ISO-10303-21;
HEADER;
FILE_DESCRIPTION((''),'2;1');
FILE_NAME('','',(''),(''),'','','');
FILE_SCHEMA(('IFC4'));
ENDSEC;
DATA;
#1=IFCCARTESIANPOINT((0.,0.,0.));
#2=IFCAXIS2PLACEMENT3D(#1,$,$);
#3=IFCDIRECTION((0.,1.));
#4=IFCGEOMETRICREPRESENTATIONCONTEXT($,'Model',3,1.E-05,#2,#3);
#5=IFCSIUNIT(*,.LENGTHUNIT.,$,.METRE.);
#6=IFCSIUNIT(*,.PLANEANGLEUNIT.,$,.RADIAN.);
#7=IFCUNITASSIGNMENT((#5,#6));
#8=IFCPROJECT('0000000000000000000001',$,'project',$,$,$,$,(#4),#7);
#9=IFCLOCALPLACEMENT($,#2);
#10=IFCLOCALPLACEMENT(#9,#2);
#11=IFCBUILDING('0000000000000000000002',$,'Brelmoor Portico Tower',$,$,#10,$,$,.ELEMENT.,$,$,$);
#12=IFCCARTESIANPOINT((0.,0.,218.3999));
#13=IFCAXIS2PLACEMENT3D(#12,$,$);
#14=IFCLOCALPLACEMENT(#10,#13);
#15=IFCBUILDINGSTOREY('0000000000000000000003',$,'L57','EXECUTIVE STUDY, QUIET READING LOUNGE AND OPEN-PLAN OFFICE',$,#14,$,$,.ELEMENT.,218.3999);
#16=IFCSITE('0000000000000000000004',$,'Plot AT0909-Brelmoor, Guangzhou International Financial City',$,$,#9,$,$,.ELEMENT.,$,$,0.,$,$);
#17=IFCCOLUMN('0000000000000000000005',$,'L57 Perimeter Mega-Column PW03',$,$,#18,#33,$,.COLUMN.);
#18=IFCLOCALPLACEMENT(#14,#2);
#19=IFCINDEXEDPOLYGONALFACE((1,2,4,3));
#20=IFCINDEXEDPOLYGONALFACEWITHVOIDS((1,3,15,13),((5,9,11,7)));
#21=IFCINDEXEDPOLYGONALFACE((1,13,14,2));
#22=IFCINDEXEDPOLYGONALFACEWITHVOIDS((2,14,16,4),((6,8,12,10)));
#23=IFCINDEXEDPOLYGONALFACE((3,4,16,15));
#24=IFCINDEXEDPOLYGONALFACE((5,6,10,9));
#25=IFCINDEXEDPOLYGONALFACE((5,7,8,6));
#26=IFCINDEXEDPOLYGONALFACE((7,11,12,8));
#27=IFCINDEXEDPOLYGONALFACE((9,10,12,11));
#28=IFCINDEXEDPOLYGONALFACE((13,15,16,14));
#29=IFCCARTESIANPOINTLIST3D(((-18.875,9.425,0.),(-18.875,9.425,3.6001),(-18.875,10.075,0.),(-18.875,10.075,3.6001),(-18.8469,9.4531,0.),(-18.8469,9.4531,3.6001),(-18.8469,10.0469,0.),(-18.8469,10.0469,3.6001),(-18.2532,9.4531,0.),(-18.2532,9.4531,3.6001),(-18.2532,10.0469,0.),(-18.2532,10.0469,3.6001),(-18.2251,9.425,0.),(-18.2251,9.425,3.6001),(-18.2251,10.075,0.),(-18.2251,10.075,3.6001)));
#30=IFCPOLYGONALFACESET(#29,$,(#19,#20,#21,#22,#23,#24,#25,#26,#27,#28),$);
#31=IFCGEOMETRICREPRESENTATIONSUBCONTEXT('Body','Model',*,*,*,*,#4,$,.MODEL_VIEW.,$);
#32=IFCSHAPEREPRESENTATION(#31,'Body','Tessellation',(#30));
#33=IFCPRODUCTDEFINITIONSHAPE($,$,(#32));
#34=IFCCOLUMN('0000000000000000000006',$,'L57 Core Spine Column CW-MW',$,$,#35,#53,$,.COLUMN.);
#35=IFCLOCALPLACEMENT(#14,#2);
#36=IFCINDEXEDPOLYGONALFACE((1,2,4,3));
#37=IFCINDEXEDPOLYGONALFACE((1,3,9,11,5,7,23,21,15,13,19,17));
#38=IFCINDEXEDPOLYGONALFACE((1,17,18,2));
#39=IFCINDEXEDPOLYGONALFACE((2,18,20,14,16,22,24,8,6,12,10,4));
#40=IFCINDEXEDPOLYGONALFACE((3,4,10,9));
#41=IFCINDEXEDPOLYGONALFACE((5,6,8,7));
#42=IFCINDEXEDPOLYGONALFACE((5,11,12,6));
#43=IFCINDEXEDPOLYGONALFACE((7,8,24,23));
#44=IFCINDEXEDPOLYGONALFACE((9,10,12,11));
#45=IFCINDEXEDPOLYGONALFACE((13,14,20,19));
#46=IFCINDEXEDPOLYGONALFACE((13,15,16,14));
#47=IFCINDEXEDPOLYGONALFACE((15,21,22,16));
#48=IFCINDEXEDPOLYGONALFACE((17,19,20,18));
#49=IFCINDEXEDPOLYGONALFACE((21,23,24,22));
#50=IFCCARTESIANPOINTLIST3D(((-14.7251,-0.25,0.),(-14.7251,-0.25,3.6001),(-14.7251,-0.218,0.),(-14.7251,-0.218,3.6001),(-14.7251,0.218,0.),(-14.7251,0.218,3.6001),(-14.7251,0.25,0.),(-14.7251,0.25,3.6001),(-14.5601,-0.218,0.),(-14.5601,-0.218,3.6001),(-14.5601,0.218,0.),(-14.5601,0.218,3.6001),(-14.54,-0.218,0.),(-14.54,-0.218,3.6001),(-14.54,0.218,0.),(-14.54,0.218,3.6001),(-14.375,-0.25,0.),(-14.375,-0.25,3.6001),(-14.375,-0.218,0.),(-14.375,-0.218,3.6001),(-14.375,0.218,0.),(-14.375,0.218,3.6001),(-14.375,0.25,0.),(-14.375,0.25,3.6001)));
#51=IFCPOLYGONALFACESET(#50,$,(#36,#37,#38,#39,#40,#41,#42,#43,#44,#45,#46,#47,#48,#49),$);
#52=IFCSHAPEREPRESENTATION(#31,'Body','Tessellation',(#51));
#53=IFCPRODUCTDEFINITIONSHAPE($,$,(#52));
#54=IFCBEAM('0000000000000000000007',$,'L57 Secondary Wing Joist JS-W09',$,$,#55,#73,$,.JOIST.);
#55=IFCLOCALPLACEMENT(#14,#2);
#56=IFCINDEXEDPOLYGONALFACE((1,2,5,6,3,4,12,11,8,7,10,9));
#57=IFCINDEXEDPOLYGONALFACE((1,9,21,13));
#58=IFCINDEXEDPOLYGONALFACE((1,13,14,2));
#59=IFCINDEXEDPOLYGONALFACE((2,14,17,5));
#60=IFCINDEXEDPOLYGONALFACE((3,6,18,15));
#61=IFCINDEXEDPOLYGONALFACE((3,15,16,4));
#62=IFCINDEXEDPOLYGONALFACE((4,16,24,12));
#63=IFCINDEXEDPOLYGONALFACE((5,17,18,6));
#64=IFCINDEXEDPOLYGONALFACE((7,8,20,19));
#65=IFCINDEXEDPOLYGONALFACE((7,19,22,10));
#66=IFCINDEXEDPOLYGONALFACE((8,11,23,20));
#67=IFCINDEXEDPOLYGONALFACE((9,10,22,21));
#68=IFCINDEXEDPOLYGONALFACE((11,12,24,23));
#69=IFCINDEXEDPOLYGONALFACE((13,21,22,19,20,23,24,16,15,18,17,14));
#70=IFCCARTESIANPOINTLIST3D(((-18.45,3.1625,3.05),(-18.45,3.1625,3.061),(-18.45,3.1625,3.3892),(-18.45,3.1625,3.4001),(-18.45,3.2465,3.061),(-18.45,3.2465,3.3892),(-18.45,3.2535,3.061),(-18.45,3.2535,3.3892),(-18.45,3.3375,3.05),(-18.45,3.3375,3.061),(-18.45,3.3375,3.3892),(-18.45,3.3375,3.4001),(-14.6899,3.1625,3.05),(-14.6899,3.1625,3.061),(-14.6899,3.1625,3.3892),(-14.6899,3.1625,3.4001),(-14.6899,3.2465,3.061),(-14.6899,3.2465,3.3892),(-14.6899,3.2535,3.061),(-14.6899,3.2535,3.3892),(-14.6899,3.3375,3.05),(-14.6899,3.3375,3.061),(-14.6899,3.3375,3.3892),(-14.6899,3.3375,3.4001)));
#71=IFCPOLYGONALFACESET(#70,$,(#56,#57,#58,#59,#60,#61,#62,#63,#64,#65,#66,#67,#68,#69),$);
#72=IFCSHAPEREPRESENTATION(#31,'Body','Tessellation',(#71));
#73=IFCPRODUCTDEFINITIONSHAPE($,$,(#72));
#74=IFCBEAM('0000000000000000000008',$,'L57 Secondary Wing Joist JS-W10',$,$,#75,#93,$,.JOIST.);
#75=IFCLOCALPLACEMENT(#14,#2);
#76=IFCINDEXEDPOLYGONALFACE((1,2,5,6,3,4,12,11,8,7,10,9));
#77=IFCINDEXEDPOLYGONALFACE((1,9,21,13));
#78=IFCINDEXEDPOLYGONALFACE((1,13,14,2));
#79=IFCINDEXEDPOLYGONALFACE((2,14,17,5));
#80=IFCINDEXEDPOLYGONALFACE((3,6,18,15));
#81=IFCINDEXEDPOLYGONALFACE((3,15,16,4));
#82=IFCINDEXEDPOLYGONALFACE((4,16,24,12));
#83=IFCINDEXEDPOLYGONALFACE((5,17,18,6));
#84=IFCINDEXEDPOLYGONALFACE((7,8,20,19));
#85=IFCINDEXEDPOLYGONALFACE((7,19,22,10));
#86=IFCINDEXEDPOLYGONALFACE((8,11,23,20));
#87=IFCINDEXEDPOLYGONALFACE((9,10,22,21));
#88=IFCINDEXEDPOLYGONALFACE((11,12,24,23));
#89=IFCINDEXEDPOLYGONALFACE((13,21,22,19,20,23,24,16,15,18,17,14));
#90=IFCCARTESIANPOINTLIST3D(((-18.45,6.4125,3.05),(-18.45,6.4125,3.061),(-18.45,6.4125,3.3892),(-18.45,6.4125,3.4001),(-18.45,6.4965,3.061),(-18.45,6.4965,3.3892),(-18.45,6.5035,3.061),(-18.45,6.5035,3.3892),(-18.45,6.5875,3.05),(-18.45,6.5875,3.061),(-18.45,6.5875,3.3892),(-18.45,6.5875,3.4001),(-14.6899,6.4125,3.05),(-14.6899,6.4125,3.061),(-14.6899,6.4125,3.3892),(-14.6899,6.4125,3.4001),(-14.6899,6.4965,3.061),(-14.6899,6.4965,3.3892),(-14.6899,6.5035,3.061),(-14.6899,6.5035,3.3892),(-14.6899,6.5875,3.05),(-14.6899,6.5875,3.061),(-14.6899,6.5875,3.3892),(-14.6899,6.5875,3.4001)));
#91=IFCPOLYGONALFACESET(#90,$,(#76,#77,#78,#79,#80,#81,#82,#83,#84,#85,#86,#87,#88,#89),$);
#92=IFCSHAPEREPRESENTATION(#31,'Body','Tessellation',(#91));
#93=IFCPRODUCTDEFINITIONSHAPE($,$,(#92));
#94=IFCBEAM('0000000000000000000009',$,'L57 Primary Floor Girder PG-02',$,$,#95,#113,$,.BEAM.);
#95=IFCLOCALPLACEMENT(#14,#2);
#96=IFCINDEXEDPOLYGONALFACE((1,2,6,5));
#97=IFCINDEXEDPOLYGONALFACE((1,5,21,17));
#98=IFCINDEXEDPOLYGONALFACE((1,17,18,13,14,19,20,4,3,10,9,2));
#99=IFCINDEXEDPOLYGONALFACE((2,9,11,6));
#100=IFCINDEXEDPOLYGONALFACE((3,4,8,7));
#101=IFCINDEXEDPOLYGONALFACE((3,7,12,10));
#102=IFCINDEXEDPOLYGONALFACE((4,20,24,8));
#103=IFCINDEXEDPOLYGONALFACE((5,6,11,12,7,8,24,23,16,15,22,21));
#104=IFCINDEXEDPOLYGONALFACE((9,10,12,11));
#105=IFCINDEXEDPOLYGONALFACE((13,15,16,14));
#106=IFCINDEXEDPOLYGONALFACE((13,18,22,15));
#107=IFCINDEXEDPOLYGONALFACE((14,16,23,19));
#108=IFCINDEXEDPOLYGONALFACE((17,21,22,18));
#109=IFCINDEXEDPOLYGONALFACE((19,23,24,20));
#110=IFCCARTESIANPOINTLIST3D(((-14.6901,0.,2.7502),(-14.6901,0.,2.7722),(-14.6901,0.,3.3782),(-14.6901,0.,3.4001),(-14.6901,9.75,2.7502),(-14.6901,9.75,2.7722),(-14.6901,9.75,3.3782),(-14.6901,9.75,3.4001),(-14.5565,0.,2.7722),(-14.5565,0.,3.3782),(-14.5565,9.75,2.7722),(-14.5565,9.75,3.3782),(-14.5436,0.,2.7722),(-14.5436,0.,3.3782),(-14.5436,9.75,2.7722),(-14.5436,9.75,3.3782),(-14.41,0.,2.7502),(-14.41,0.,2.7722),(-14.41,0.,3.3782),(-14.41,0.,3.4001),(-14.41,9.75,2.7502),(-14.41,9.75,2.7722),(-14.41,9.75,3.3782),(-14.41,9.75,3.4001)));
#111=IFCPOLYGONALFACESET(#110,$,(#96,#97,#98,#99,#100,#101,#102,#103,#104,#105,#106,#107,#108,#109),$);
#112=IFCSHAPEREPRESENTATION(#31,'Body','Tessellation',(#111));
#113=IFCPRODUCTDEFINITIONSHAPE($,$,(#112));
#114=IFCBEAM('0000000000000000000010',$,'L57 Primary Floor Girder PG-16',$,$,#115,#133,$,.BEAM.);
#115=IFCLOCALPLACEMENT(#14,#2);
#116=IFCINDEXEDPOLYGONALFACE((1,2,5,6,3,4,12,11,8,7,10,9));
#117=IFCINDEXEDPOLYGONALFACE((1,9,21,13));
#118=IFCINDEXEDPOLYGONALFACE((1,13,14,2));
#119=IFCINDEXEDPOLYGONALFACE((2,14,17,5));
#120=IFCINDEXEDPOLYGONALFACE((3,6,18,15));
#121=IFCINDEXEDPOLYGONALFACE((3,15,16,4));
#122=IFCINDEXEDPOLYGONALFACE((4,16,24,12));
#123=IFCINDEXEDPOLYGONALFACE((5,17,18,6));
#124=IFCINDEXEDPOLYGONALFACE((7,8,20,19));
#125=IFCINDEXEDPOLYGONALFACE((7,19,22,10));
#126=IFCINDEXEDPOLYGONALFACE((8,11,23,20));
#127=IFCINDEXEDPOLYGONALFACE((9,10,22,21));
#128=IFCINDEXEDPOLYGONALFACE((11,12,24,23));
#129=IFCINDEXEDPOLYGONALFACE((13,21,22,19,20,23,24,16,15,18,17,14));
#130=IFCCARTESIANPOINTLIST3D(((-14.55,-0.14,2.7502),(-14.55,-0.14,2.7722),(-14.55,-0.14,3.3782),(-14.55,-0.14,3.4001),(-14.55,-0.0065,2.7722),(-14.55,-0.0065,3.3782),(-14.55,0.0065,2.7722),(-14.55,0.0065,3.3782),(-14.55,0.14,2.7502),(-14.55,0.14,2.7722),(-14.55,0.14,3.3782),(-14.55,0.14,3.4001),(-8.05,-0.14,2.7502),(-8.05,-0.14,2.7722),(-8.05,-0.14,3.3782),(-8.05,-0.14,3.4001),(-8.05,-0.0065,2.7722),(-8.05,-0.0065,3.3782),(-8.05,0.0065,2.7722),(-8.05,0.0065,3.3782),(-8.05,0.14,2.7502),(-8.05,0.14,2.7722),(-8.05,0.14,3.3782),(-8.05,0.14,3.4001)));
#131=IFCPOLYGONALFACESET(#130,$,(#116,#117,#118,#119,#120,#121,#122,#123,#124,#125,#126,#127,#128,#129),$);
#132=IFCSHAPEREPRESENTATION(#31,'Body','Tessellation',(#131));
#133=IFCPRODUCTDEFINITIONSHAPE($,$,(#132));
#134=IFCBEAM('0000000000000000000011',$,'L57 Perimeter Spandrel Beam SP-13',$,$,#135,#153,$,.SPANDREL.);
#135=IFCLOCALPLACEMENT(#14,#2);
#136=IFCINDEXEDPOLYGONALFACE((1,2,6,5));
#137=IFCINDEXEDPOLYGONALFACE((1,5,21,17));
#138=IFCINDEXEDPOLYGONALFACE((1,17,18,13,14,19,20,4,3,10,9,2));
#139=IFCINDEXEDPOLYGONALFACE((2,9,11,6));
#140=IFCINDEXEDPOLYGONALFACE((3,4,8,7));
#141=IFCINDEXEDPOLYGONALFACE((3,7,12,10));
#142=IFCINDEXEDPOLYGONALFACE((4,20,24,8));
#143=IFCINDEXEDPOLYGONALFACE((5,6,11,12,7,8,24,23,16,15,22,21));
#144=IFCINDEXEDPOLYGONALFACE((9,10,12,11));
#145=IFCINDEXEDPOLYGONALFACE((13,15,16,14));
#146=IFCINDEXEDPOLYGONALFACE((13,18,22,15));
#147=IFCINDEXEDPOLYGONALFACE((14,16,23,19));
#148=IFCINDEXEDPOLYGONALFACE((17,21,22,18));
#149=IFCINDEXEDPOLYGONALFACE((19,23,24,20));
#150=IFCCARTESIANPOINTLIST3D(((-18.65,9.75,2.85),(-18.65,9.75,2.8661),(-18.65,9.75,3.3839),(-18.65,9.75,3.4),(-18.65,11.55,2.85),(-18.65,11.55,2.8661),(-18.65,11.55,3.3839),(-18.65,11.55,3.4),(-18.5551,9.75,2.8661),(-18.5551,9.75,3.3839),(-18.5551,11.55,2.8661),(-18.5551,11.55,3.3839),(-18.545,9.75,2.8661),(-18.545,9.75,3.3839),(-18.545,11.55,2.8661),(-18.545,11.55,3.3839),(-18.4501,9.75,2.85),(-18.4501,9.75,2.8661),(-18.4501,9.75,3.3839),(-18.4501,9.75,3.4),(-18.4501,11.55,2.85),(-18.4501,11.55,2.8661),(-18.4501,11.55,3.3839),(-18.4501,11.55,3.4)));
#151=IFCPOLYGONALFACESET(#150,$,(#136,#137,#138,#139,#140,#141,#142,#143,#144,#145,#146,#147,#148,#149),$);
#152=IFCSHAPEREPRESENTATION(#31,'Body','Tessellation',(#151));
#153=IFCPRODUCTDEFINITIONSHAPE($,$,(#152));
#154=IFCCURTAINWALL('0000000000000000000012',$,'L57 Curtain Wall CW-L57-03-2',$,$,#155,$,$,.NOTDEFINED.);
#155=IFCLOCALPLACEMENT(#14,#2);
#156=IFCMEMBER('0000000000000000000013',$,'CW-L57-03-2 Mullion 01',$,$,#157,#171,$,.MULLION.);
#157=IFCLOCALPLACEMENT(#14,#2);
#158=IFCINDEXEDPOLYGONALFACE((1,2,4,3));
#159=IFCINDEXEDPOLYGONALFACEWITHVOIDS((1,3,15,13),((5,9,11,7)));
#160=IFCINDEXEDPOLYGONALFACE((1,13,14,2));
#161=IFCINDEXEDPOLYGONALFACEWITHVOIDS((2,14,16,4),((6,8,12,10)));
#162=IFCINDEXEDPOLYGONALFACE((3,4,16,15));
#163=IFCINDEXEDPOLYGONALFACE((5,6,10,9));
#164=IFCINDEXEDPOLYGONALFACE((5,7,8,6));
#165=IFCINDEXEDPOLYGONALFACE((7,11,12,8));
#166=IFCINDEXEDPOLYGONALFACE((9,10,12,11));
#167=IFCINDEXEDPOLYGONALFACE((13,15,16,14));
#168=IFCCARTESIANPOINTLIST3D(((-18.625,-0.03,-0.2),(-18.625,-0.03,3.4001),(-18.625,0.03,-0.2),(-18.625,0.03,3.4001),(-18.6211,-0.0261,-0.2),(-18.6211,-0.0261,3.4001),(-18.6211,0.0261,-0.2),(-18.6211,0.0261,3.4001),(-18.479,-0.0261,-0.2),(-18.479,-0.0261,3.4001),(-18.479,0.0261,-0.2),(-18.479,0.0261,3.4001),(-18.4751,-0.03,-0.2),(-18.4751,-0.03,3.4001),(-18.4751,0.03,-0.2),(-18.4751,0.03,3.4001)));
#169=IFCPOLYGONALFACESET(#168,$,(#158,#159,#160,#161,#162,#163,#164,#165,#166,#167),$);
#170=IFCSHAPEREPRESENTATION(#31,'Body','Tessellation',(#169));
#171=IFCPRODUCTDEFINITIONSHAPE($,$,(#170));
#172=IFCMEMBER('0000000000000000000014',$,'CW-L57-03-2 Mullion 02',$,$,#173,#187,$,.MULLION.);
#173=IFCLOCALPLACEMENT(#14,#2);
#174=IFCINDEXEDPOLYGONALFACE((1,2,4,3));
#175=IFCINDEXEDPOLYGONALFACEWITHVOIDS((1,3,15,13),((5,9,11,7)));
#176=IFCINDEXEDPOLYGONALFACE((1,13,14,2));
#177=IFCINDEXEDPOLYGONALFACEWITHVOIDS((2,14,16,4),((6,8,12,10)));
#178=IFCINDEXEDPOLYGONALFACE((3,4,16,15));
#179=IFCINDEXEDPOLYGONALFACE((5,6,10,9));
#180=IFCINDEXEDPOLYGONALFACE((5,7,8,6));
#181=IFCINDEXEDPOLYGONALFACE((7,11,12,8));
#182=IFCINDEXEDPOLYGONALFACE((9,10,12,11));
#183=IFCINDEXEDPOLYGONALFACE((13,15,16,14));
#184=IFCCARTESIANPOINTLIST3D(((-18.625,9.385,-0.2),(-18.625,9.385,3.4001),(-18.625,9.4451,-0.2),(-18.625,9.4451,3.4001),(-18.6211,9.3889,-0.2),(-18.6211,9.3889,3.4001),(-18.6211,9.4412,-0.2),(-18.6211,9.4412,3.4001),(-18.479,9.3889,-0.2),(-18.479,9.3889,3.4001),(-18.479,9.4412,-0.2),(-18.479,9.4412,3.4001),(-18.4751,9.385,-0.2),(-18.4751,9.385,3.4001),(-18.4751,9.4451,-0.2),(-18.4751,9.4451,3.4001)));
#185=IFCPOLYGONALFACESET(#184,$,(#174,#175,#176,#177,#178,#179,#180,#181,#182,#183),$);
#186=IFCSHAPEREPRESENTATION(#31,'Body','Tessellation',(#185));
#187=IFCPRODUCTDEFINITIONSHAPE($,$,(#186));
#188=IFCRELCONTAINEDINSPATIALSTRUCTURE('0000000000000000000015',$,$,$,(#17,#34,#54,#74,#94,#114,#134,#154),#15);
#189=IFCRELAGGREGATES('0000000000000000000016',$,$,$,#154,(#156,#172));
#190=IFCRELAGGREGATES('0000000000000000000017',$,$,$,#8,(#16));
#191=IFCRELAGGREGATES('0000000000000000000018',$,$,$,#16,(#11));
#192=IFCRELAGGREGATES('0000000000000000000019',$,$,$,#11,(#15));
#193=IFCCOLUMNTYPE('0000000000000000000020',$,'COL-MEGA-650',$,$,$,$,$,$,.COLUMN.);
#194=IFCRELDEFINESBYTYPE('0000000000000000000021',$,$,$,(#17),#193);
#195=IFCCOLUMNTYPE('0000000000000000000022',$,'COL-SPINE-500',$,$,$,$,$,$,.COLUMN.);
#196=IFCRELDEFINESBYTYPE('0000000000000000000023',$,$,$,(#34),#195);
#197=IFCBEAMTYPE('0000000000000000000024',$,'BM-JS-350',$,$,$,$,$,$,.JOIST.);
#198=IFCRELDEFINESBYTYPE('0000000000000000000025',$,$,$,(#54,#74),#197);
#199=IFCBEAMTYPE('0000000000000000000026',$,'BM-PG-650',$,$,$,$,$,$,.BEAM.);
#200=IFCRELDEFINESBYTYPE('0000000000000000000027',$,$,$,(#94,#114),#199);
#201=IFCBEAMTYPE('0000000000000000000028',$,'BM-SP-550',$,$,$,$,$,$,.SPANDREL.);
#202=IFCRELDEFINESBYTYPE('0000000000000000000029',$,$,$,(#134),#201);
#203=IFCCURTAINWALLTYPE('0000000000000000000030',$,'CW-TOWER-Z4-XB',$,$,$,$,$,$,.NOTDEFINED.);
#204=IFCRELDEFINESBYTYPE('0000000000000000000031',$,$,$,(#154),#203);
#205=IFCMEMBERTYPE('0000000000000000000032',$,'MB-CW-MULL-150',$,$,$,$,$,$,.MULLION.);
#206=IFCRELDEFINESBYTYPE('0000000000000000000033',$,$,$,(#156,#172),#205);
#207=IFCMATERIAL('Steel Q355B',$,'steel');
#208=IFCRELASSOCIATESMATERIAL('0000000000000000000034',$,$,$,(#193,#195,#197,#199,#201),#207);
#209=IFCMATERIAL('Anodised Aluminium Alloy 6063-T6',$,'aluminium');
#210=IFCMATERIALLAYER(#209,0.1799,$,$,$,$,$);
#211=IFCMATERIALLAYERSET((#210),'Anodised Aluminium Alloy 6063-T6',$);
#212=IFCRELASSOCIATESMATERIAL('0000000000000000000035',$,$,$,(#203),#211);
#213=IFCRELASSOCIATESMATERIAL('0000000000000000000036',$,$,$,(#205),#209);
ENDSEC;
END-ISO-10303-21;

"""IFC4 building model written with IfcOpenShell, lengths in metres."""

from ifc_helpers import new_model, si_unit, direction, frame, origin, origin_2d, place, context, subcontext, project, spatial, hollow_rectangle, i_section, extrude, material, layer, layer_set, material_profile, profile_set, type_object, element, aggregate, save


model = new_model("IFC4")

# Units and contexts
model_context = context("Model", 3, precision=1e-05, world=origin(), true_north=direction((0.0, 1.0)))
body_context = subcontext(model_context, "Body", "Model", "MODEL_VIEW")
ifc_project = project(units=[si_unit("LENGTHUNIT", "METRE"), si_unit("PLANEANGLEUNIT", "RADIAN")], contexts=[model_context])

# Site, building, storey
site_placement = place(None, origin())
site = spatial("IfcSite", under=ifc_project, at=site_placement, Name="Plot AT0909-Brelmoor, Guangzhou International Financial City", CompositionType="ELEMENT", RefElevation=0.0)
building_placement = place(site_placement, origin())
building = spatial("IfcBuilding", under=site, at=building_placement, Name="Brelmoor Portico Tower", CompositionType="ELEMENT")
storey_placement = place(building_placement, frame((0.0, 0.0, 218.3999)))
storey = spatial("IfcBuildingStorey", under=building, at=storey_placement, Name="L57", Description="EXECUTIVE STUDY, QUIET READING LOUNGE AND OPEN-PLAN OFFICE", CompositionType="ELEMENT", Elevation=218.3999)

# Columns
ifc_material_1 = material(Name="Steel Q355B", Category="steel")
ifc_material_profile_1 = material_profile(ifc_material_1, hollow_rectangle(XDim=0.6499, YDim=0.6499, WallThickness=0.0281, at=origin_2d()), Name="BOX 650x650x28")
ifc_profile_set_1 = profile_set([ifc_material_profile_1], Name="Steel Q355B")
column_type_1 = type_object("IfcColumnType", Name="COL-MEGA-650", PredefinedType="COLUMN", material=ifc_profile_set_1)
column_1_placement = place(storey_placement, frame((-18.55, 9.75, 0.0), z_axis=(0.0, 0.0, 1.0), x_axis=(0.0, 1.0, 0.0)))
element("IfcColumn", 1, at=column_1_placement, inside=storey, type_object=column_type_1, Name="L57 Perimeter Mega-Column PW03", PredefinedType="COLUMN", context=body_context, shape_type="SweptSolid", body=[
    extrude(hollow_rectangle(XDim=0.6499, YDim=0.6499, WallThickness=0.0281, at=origin_2d()), origin(), (0.0, 0.0, 1.0), 3.6001),
])
ifc_material_profile_2 = material_profile(ifc_material_1, i_section(OverallWidth=0.3501, OverallDepth=0.5, WebThickness=0.02, FlangeThickness=0.032, at=origin_2d()), Name="HW 500x350x20x32")
ifc_profile_set_2 = profile_set([ifc_material_profile_2], Name="Steel Q355B")
column_type_2 = type_object("IfcColumnType", Name="COL-SPINE-500", PredefinedType="COLUMN", material=ifc_profile_set_2)
column_2_placement = place(storey_placement, frame((-14.55, 0.0, 0.0), z_axis=(0.0, 0.0, 1.0), x_axis=(1.0, 0.0, 0.0)))
element("IfcColumn", 2, at=column_2_placement, inside=storey, type_object=column_type_2, Name="L57 Core Spine Column CW-MW", PredefinedType="COLUMN", context=body_context, shape_type="SweptSolid", body=[
    extrude(i_section(OverallWidth=0.3501, OverallDepth=0.5, WebThickness=0.02, FlangeThickness=0.032, at=origin_2d()), origin(), (0.0, 0.0, 1.0), 3.6001),
])

# Beams
ifc_material_profile_3 = material_profile(ifc_material_1, i_section(OverallWidth=0.175, OverallDepth=0.3501, WebThickness=0.0071, FlangeThickness=0.011, at=origin_2d()), Name="HN 350x175x7x11")
ifc_profile_set_3 = profile_set([ifc_material_profile_3], Name="Steel Q355B")
beam_type_1 = type_object("IfcBeamType", Name="BM-JS-350", PredefinedType="JOIST", material=ifc_profile_set_3)
for number, where, z_axis, x_axis, name in (
    (3, (-18.45, 3.25, 3.2251), (1.0, 0.0, 0.0), (0.0, 1.0, 0.0), "L57 Secondary Wing Joist JS-W09"),
    (4, (-18.45, 6.5, 3.2251), (1.0, 0.0, 0.0), (0.0, 1.0, 0.0), "L57 Secondary Wing Joist JS-W10"),
):
    element("IfcBeam", number, at=place(storey_placement, frame(where, z_axis=z_axis, x_axis=x_axis)), inside=storey, type_object=beam_type_1, Name=name, PredefinedType="JOIST", context=body_context, shape_type="SweptSolid", body=[
        extrude(i_section(OverallWidth=0.175, OverallDepth=0.3501, WebThickness=0.0071, FlangeThickness=0.011, at=origin_2d()), origin(), (0.0, 0.0, 1.0), 3.76),
    ])
ifc_material_profile_4 = material_profile(ifc_material_1, i_section(OverallWidth=0.28, OverallDepth=0.6499, WebThickness=0.0129, FlangeThickness=0.022, at=origin_2d()), Name="HN 650x280x13x22")
ifc_profile_set_4 = profile_set([ifc_material_profile_4], Name="Steel Q355B")
beam_type_2 = type_object("IfcBeamType", Name="BM-PG-650", PredefinedType="BEAM", material=ifc_profile_set_4)
beam_1_placement = place(storey_placement, frame((-14.55, 0.0, 3.0752), z_axis=(0.0, 1.0, 0.0), x_axis=(-1.0, 0.0, 0.0)))
element("IfcBeam", 5, at=beam_1_placement, inside=storey, type_object=beam_type_2, Name="L57 Primary Floor Girder PG-02", PredefinedType="BEAM", context=body_context, shape_type="SweptSolid", body=[
    extrude(i_section(OverallWidth=0.28, OverallDepth=0.6499, WebThickness=0.0129, FlangeThickness=0.022, at=origin_2d()), origin(), (0.0, 0.0, 1.0), 9.75),
])
beam_2_placement = place(storey_placement, frame((-14.55, 0.0, 3.0752), z_axis=(1.0, 0.0, 0.0), x_axis=(0.0, 1.0, 0.0)))
element("IfcBeam", 6, at=beam_2_placement, inside=storey, type_object=beam_type_2, Name="L57 Primary Floor Girder PG-16", PredefinedType="BEAM", context=body_context, shape_type="SweptSolid", body=[
    extrude(i_section(OverallWidth=0.28, OverallDepth=0.6499, WebThickness=0.0129, FlangeThickness=0.022, at=origin_2d()), origin(), (0.0, 0.0, 1.0), 6.5),
])
ifc_material_profile_5 = material_profile(ifc_material_1, i_section(OverallWidth=0.2, OverallDepth=0.55, WebThickness=0.01, FlangeThickness=0.0161, at=origin_2d()), Name="HN 550x200x10x16")
ifc_profile_set_5 = profile_set([ifc_material_profile_5], Name="Steel Q355B")
beam_type_3 = type_object("IfcBeamType", Name="BM-SP-550", PredefinedType="SPANDREL", material=ifc_profile_set_5)
beam_3_placement = place(storey_placement, frame((-18.55, 9.75, 3.125), z_axis=(0.0, 1.0, 0.0), x_axis=(-1.0, 0.0, 0.0)))
element("IfcBeam", 7, at=beam_3_placement, inside=storey, type_object=beam_type_3, Name="L57 Perimeter Spandrel Beam SP-13", PredefinedType="SPANDREL", context=body_context, shape_type="SweptSolid", body=[
    extrude(i_section(OverallWidth=0.2, OverallDepth=0.55, WebThickness=0.01, FlangeThickness=0.0161, at=origin_2d()), origin(), (0.0, 0.0, 1.0), 1.8),
])

# Curtain wall, members
ifc_material_2 = material(Name="Anodised Aluminium Alloy 6063-T6", Category="aluminium")
ifc_layer_1 = layer(ifc_material_2, 0.1799)
ifc_layer_set_1 = layer_set([ifc_layer_1], Name="Anodised Aluminium Alloy 6063-T6")
curtain_wall_type = type_object("IfcCurtainWallType", Name="CW-TOWER-Z4-XB", PredefinedType="NOTDEFINED", material=ifc_layer_set_1)
curtain_wall_placement = place(storey_placement, origin())
curtain_wall = element("IfcCurtainWall", 8, at=curtain_wall_placement, inside=storey, type_object=curtain_wall_type, Name="L57 Curtain Wall CW-L57-03-2", PredefinedType="NOTDEFINED")
ifc_material_profile_6 = material_profile(ifc_material_2, hollow_rectangle(XDim=0.0601, YDim=0.1499, WallThickness=0.0039, at=origin_2d()), Name="ALU MULLION 60x150")
ifc_profile_set_6 = profile_set([ifc_material_profile_6], Name="Anodised Aluminium Alloy 6063-T6")
member_type_1 = type_object("IfcMemberType", Name="MB-CW-MULL-150", PredefinedType="MULLION", material=ifc_profile_set_6)
member_1_placement = place(storey_placement, frame((-18.55, 0.0, -0.2), z_axis=(0.0, 0.0, 1.0), x_axis=(0.0, 1.0, 0.0)))
member_1 = element("IfcMember", 9, at=member_1_placement, type_object=member_type_1, Name="CW-L57-03-2 Mullion 01", PredefinedType="MULLION", context=body_context, shape_type="SweptSolid", body=[
    extrude(hollow_rectangle(XDim=0.0601, YDim=0.1499, WallThickness=0.0039, at=origin_2d()), origin(), (0.0, 0.0, 1.0), 3.6001),
])
member_2_placement = place(storey_placement, frame((-18.55, 9.415, -0.2), z_axis=(0.0, 0.0, 1.0), x_axis=(0.0, 1.0, 0.0)))
member_2 = element("IfcMember", 10, at=member_2_placement, type_object=member_type_1, Name="CW-L57-03-2 Mullion 02", PredefinedType="MULLION", context=body_context, shape_type="SweptSolid", body=[
    extrude(hollow_rectangle(XDim=0.0601, YDim=0.1499, WallThickness=0.0039, at=origin_2d()), origin(), (0.0, 0.0, 1.0), 3.6001),
])
aggregate(curtain_wall, [member_1, member_2])

save(model, "model.ifc")
